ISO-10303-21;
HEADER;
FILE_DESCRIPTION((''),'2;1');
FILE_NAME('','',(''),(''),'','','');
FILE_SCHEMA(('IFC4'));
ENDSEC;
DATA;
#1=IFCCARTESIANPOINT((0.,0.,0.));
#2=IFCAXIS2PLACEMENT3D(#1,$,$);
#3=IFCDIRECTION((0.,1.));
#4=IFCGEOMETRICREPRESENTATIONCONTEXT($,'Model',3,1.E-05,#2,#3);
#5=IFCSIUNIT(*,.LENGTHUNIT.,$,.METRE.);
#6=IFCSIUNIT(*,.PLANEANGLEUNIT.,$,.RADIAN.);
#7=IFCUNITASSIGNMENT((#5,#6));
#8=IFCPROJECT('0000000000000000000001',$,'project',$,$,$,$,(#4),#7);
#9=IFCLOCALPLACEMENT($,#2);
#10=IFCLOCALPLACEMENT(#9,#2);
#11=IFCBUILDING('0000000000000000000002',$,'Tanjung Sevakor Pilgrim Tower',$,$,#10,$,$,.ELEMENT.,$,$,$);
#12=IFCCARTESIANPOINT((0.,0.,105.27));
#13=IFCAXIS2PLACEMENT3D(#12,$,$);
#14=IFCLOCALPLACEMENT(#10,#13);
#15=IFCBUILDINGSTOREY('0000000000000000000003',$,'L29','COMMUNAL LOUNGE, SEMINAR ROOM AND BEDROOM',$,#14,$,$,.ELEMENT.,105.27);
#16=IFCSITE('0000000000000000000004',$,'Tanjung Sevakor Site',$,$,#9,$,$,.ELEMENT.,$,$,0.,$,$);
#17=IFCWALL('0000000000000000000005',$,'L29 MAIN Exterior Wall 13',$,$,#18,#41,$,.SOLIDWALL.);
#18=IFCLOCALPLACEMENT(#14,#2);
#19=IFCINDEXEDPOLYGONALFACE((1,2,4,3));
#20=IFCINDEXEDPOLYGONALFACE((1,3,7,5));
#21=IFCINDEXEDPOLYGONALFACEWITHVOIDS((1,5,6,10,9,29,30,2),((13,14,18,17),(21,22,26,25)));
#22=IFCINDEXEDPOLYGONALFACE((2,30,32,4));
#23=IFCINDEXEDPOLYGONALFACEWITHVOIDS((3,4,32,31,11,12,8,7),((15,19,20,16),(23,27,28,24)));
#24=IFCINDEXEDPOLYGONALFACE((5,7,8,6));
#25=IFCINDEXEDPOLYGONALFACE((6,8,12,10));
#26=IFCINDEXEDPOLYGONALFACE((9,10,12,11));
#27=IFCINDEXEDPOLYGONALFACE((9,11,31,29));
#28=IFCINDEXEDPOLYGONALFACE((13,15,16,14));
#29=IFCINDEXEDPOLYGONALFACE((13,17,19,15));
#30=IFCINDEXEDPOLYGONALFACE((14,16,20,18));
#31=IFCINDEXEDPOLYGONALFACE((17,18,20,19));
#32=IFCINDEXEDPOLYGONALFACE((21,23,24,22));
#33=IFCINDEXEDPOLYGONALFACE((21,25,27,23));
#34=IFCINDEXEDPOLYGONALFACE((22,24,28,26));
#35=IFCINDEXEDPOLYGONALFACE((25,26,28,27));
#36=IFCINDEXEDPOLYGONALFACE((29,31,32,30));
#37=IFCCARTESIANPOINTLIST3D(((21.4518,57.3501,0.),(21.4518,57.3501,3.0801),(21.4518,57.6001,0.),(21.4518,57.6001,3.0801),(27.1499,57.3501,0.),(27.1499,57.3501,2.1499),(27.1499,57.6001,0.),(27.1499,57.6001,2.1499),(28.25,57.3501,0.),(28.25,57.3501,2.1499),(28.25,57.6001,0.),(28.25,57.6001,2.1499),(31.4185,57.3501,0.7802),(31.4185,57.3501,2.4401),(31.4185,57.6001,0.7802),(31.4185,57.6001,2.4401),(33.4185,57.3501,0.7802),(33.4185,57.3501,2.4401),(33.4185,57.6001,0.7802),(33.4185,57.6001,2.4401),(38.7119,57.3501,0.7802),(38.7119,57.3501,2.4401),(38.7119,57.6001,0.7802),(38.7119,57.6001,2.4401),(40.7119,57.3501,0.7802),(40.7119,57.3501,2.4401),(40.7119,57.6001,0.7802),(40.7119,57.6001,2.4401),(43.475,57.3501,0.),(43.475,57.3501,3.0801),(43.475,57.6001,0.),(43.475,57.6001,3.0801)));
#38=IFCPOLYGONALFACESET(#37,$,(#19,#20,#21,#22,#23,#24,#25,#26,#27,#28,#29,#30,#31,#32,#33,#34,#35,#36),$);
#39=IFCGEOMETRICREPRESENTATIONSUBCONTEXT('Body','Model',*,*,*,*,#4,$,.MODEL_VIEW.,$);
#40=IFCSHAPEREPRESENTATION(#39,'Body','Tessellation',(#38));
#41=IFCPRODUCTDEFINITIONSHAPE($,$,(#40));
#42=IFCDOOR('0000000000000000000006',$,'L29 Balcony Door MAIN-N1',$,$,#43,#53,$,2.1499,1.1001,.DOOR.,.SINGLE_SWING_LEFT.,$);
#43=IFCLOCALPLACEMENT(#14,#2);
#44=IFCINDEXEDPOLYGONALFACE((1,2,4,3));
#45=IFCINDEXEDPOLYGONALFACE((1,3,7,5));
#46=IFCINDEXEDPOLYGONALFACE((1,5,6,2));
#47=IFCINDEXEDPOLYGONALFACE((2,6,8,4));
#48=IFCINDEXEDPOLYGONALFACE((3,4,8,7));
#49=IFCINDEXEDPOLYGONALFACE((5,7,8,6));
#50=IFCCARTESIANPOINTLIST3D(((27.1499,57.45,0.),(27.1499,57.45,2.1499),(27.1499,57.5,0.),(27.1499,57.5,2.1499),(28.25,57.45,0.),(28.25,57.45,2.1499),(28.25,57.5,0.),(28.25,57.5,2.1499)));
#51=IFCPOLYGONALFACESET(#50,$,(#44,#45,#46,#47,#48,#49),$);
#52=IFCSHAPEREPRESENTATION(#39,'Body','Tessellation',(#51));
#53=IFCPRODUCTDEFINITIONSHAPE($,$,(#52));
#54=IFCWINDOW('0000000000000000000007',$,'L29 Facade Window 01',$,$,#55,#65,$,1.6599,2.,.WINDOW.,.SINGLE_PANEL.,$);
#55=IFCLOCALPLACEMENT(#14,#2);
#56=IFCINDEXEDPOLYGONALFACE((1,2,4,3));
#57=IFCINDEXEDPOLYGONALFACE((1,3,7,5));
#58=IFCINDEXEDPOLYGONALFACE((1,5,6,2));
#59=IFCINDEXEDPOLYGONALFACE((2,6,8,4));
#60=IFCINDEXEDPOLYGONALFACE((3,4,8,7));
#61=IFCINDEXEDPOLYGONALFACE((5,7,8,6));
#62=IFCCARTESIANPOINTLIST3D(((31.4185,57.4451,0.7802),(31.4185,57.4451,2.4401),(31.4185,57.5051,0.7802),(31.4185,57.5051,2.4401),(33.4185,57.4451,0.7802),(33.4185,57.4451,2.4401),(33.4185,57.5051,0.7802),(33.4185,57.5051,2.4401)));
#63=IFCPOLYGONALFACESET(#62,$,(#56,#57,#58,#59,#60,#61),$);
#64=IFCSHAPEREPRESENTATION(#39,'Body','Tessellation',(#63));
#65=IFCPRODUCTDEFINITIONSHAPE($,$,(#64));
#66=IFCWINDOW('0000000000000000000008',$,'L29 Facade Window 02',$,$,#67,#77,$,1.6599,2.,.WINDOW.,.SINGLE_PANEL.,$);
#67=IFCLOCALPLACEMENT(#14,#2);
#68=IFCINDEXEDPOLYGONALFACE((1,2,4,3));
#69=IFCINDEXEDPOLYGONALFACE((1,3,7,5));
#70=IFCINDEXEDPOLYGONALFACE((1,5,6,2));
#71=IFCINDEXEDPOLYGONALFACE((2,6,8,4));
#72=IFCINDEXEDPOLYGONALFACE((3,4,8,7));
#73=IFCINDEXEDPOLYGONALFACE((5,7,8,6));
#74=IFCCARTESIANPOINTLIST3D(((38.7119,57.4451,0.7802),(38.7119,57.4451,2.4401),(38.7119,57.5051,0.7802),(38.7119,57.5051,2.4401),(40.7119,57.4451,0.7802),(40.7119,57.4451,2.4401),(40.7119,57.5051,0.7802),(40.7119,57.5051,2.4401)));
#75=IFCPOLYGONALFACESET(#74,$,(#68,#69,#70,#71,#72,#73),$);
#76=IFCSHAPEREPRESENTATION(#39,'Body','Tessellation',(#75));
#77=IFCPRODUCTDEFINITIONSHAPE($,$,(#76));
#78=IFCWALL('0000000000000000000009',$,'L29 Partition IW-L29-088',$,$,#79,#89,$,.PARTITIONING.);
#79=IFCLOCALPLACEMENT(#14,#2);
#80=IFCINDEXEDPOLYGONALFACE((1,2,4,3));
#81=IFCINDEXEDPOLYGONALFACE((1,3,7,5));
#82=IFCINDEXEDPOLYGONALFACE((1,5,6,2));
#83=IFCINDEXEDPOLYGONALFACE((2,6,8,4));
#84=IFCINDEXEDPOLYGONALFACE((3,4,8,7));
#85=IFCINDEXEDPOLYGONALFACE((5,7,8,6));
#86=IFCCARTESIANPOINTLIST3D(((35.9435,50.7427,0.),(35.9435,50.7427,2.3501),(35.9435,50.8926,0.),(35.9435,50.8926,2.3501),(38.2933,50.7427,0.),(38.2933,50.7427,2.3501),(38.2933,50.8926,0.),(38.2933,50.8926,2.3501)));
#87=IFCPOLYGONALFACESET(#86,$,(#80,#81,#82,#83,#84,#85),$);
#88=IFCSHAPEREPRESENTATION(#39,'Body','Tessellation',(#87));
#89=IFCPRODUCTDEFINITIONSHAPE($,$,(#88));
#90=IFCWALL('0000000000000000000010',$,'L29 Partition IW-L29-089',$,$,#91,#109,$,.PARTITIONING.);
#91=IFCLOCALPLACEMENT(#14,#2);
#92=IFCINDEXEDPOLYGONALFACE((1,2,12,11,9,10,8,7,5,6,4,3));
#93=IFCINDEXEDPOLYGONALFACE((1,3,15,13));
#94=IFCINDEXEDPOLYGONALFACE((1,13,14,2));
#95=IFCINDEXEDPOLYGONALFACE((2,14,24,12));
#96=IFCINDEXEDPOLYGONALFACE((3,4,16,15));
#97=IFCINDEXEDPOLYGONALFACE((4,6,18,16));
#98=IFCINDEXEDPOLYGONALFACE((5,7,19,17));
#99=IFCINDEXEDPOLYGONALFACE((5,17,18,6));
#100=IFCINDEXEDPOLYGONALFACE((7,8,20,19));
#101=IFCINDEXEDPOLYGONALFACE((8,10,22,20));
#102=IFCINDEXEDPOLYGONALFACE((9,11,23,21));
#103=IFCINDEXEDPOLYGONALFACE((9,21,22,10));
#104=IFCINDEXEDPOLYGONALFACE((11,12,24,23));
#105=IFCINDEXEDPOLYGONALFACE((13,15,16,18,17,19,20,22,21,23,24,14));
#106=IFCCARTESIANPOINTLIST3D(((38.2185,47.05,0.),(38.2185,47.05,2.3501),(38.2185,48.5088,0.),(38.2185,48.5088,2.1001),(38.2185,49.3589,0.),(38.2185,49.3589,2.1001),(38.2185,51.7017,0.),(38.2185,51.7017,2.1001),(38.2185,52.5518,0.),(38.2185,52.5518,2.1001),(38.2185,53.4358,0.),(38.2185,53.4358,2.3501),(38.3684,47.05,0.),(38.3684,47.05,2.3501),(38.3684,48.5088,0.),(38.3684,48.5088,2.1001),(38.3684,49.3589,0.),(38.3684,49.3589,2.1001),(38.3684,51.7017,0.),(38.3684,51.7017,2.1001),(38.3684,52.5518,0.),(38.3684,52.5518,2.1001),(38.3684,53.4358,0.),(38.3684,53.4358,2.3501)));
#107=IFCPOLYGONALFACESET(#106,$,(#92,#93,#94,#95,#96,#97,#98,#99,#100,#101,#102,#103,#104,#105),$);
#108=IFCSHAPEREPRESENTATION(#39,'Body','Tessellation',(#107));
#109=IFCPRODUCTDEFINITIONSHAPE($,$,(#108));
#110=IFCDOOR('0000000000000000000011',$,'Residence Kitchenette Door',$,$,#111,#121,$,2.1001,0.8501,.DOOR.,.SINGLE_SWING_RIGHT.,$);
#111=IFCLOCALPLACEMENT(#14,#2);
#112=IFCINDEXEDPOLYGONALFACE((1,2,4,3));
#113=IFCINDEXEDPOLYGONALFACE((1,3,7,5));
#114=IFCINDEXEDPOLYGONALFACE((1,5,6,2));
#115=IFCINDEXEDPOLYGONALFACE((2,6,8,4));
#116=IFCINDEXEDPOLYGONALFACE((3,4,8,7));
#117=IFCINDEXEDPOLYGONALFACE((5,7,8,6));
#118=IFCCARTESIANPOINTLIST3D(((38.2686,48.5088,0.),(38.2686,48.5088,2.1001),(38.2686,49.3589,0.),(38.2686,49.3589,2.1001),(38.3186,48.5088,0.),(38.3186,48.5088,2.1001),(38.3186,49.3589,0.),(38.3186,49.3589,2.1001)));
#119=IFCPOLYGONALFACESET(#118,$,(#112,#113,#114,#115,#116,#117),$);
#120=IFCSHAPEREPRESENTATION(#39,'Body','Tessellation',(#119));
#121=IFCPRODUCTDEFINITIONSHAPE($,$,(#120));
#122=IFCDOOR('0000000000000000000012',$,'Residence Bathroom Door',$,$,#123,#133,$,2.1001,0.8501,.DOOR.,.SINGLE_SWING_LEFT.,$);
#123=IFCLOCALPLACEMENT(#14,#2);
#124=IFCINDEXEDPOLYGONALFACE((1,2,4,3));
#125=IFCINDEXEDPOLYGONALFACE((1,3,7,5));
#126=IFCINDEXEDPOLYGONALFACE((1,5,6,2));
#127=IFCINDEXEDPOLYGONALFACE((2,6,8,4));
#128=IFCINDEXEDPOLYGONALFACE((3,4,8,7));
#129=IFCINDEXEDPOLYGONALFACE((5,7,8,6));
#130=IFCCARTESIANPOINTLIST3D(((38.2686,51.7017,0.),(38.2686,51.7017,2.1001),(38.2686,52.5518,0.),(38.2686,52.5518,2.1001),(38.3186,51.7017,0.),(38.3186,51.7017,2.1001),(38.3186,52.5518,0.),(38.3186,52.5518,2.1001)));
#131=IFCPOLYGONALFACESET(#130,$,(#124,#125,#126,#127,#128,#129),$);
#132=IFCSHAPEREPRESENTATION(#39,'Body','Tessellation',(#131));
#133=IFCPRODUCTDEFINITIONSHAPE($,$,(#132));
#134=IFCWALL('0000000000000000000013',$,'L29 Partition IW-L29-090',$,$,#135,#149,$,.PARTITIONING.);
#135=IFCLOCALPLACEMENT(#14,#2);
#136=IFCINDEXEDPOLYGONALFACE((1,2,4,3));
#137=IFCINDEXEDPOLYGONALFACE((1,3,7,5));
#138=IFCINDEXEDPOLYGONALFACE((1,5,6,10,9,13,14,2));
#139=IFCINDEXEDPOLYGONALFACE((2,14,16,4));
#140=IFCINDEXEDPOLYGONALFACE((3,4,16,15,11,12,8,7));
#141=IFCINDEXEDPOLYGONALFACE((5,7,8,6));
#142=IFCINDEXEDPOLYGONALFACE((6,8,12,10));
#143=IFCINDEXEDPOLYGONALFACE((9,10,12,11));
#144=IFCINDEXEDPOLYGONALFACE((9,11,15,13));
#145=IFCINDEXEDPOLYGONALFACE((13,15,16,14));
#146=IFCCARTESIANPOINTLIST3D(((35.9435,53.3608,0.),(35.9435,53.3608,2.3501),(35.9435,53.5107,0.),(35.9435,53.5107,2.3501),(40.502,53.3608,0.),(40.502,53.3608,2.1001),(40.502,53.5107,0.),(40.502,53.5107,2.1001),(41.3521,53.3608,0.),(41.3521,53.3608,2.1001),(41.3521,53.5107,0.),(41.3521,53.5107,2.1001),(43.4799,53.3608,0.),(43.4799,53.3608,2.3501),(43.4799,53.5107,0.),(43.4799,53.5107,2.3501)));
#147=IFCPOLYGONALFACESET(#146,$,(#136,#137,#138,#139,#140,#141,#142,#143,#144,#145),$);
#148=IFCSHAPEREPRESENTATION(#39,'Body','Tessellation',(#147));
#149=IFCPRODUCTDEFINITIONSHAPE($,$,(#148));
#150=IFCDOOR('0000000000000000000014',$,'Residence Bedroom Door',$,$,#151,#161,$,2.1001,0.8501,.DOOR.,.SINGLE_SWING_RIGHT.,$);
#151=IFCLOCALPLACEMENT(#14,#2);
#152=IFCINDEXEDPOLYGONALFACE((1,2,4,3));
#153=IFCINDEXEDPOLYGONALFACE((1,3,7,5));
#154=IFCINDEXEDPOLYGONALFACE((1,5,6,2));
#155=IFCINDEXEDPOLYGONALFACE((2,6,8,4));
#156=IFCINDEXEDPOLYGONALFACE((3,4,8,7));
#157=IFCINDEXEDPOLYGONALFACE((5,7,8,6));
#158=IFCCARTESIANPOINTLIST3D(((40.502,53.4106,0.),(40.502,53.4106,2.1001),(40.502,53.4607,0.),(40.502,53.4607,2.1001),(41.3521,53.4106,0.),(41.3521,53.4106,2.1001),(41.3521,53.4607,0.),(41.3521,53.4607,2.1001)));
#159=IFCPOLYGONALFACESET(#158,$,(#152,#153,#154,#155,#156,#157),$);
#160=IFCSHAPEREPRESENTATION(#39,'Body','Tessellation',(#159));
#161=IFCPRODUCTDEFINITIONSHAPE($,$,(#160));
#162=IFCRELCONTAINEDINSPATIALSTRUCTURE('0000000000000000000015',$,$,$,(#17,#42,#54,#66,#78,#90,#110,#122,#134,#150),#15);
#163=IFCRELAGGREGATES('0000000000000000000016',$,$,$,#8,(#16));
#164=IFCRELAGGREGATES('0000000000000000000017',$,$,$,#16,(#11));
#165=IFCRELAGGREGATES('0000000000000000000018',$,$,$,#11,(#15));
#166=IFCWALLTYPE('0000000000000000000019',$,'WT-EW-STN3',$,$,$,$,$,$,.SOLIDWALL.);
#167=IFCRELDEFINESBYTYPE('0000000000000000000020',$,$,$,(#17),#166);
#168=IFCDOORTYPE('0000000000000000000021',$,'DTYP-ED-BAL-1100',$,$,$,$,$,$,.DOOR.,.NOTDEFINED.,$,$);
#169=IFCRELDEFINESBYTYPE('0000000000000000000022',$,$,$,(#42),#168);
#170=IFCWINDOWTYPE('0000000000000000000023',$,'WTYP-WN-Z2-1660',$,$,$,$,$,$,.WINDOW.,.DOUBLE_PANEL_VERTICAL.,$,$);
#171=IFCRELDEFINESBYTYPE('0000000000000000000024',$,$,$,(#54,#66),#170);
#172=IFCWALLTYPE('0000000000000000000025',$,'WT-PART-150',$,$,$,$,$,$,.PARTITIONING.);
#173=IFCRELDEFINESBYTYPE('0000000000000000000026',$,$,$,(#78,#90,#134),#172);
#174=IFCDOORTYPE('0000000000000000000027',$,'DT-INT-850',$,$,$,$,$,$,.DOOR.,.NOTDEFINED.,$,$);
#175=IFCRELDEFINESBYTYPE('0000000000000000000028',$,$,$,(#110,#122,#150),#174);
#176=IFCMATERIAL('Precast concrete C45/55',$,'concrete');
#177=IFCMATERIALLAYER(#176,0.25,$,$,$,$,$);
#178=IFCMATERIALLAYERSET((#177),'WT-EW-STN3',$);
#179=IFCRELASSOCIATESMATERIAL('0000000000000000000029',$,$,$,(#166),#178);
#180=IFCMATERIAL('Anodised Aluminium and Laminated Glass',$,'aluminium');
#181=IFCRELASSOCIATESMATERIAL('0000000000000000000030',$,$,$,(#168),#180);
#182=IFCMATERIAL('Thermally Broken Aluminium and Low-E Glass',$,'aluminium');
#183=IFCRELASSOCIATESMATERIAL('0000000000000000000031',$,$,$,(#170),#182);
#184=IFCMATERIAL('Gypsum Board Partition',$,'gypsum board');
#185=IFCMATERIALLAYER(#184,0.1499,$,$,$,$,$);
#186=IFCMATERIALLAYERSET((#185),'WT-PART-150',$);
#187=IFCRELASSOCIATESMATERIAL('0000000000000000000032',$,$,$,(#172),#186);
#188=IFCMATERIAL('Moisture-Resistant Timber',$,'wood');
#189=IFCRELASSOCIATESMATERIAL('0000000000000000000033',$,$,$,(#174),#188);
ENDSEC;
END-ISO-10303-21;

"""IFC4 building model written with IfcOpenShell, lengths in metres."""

from ifc_helpers import new_model, si_unit, direction, frame, frame_2d, origin, place, context, subcontext, project, spatial, rectangle, extrude, material, layer, layer_set, type_object, element, fill, save


model = new_model("IFC4")

# Units and contexts
model_context = context("Model", 3, precision=1e-05, world=origin(), true_north=direction((0.0, 1.0)))
body_context = subcontext(model_context, "Body", "Model", "MODEL_VIEW")
ifc_project = project(units=[si_unit("LENGTHUNIT", "METRE"), si_unit("PLANEANGLEUNIT", "RADIAN")], contexts=[model_context])

# Site, building, storey
site_placement = place(None, origin())
site = spatial("IfcSite", under=ifc_project, at=site_placement, Name="Tanjung Sevakor Site", CompositionType="ELEMENT", RefElevation=0.0)
building_placement = place(site_placement, origin())
building = spatial("IfcBuilding", under=site, at=building_placement, Name="Tanjung Sevakor Pilgrim Tower", CompositionType="ELEMENT")
storey_placement = place(building_placement, frame((0.0, 0.0, 105.27)))
storey = spatial("IfcBuildingStorey", under=building, at=storey_placement, Name="L29", Description="COMMUNAL LOUNGE, SEMINAR ROOM AND BEDROOM", CompositionType="ELEMENT", Elevation=105.27)

# Shared definitions
ifc_material_1 = material(Name="Precast concrete C45/55", Category="concrete")
ifc_layer_1 = layer(ifc_material_1, 0.25)
ifc_layer_set_1 = layer_set([ifc_layer_1], Name="WT-EW-STN3")
wall_type_1 = type_object("IfcWallType", Name="WT-EW-STN3", PredefinedType="SOLIDWALL", material=ifc_layer_set_1)

# Wall, openings, door, windows
wall_1_placement = place(storey_placement, frame((43.4751, 57.4751, 0.0), z_axis=(0.0, 0.0, 1.0), x_axis=(-1.0, 0.0, 0.0)))
wall_1 = element("IfcWall", 1, at=wall_1_placement, inside=storey, type_object=wall_type_1, Name="L29 MAIN Exterior Wall 13", PredefinedType="SOLIDWALL", context=body_context, shape_type="SweptSolid", body=[
    extrude(rectangle(XDim=22.0232, YDim=0.25, at=frame_2d((11.0117, 0.0))), origin(), (0.0, 0.0, 1.0), 3.0801),
])
opening_1_placement = place(wall_1_placement, frame((15.2251, 0.0, 0.0)))
opening_1 = element("IfcOpeningElement", 2, at=opening_1_placement, cuts=wall_1, PredefinedType="OPENING", context=body_context, shape_type="SweptSolid", body=[
    extrude(rectangle(XDim=1.1001, YDim=2.1499, at=frame_2d((0.55, 1.075))), frame((0.0, 0.135, 0.0), z_axis=(0.0, -1.0, 0.0), x_axis=(1.0, 0.0, 0.0)), (0.0, 0.0, 1.0), 0.27),
])
opening_2_placement = place(wall_1_placement, frame((10.0566, 0.0, 0.78)))
opening_2 = element("IfcOpeningElement", 3, at=opening_2_placement, cuts=wall_1, PredefinedType="OPENING", context=body_context, shape_type="SweptSolid", body=[
    extrude(rectangle(XDim=2.0, YDim=1.6599, at=frame_2d((1.0, 0.8301))), frame((0.0, 0.135, 0.0), z_axis=(0.0, -1.0, 0.0), x_axis=(1.0, 0.0, 0.0)), (0.0, 0.0, 1.0), 0.27),
])
opening_3_placement = place(wall_1_placement, frame((2.7632, 0.0, 0.78)))
opening_3 = element("IfcOpeningElement", 4, at=opening_3_placement, cuts=wall_1, PredefinedType="OPENING", context=body_context, shape_type="SweptSolid", body=[
    extrude(rectangle(XDim=2.0, YDim=1.6599, at=frame_2d((1.0, 0.8301))), frame((0.0, 0.135, 0.0), z_axis=(0.0, -1.0, 0.0), x_axis=(1.0, 0.0, 0.0)), (0.0, 0.0, 1.0), 0.27),
])
ifc_material_2 = material(Name="Anodised Aluminium and Laminated Glass", Category="aluminium")
door_type_1 = type_object("IfcDoorType", Name="DTYP-ED-BAL-1100", OperationType="NOTDEFINED", PredefinedType="DOOR", material=ifc_material_2)
door_1_placement = place(opening_1_placement, frame((1.1001, 0.0, 0.0), z_axis=(0.0, 0.0, 1.0), x_axis=(-1.0, 0.0, 0.0)))
door_1 = element("IfcDoor", 5, at=door_1_placement, inside=storey, type_object=door_type_1, Name="L29 Balcony Door MAIN-N1", OperationType="SINGLE_SWING_LEFT", OverallHeight=2.1499, OverallWidth=1.1001, PredefinedType="DOOR", context=body_context, shape_type="SweptSolid", body=[
    extrude(rectangle(XDim=1.1001, YDim=2.1499, at=frame_2d((0.55, 1.075))), frame((0.0, 0.0249, 0.0), z_axis=(0.0, -1.0, 0.0), x_axis=(1.0, 0.0, 0.0)), (0.0, 0.0, 1.0), 0.05),
])
fill(opening_1, door_1)
ifc_material_3 = material(Name="Thermally Broken Aluminium and Low-E Glass", Category="aluminium")
window_type = type_object("IfcWindowType", Name="WTYP-WN-Z2-1660", PartitioningType="DOUBLE_PANEL_VERTICAL", PredefinedType="WINDOW", material=ifc_material_3)
window_1_placement = place(opening_2_placement, origin())
window_1 = element("IfcWindow", 6, at=window_1_placement, inside=storey, type_object=window_type, Name="L29 Facade Window 01", OverallHeight=1.6599, OverallWidth=2.0, PartitioningType="SINGLE_PANEL", PredefinedType="WINDOW", context=body_context, shape_type="SweptSolid", body=[
    extrude(rectangle(XDim=2.0, YDim=1.6599, at=frame_2d((1.0, 0.8301))), frame((0.0, 0.03, 0.0), z_axis=(0.0, -1.0, 0.0), x_axis=(1.0, 0.0, 0.0)), (0.0, 0.0, 1.0), 0.0601),
])
fill(opening_2, window_1)
window_2_placement = place(opening_3_placement, origin())
window_2 = element("IfcWindow", 7, at=window_2_placement, inside=storey, type_object=window_type, Name="L29 Facade Window 02", OverallHeight=1.6599, OverallWidth=2.0, PartitioningType="SINGLE_PANEL", PredefinedType="WINDOW", context=body_context, shape_type="SweptSolid", body=[
    extrude(rectangle(XDim=2.0, YDim=1.6599, at=frame_2d((1.0, 0.8301))), frame((0.0, 0.03, 0.0), z_axis=(0.0, -1.0, 0.0), x_axis=(1.0, 0.0, 0.0)), (0.0, 0.0, 1.0), 0.0601),
])
fill(opening_3, window_2)

# Wall
ifc_material_4 = material(Name="Gypsum Board Partition", Category="gypsum board")
ifc_layer_2 = layer(ifc_material_4, 0.1499)
ifc_layer_set_2 = layer_set([ifc_layer_2], Name="WT-PART-150")
wall_type_2 = type_object("IfcWallType", Name="WT-PART-150", PredefinedType="PARTITIONING", material=ifc_layer_set_2)
wall_2_placement = place(storey_placement, frame((35.9436, 50.8176, 0.0), z_axis=(0.0, 0.0, 1.0), x_axis=(1.0, 0.0, 0.0)))
element("IfcWall", 8, at=wall_2_placement, inside=storey, type_object=wall_type_2, Name="L29 Partition IW-L29-088", PredefinedType="PARTITIONING", context=body_context, shape_type="SweptSolid", body=[
    extrude(rectangle(XDim=2.3499, YDim=0.1499, at=frame_2d((1.1748, 0.0))), origin(), (0.0, 0.0, 1.0), 2.3501),
])

# Wall, openings, doors
wall_3_placement = place(storey_placement, frame((38.2935, 47.05, 0.0), z_axis=(0.0, 0.0, 1.0), x_axis=(0.0, 1.0, 0.0)))
wall_3 = element("IfcWall", 9, at=wall_3_placement, inside=storey, type_object=wall_type_2, Name="L29 Partition IW-L29-089", PredefinedType="PARTITIONING", context=body_context, shape_type="SweptSolid", body=[
    extrude(rectangle(XDim=6.3857, YDim=0.1499, at=frame_2d((3.1929, 0.0))), origin(), (0.0, 0.0, 1.0), 2.3501),
])
opening_4_placement = place(wall_3_placement, frame((1.4587, 0.0, 0.0)))
opening_4 = element("IfcOpeningElement", 10, at=opening_4_placement, cuts=wall_3, PredefinedType="OPENING", context=body_context, shape_type="SweptSolid", body=[
    extrude(rectangle(XDim=0.8501, YDim=2.1001, at=frame_2d((0.425, 1.05))), frame((0.0, 0.085, 0.0), z_axis=(0.0, -1.0, 0.0), x_axis=(1.0, 0.0, 0.0)), (0.0, 0.0, 1.0), 0.1699),
])
opening_5_placement = place(wall_3_placement, frame((4.6516, 0.0, 0.0)))
opening_5 = element("IfcOpeningElement", 11, at=opening_5_placement, cuts=wall_3, PredefinedType="OPENING", context=body_context, shape_type="SweptSolid", body=[
    extrude(rectangle(XDim=0.8501, YDim=2.1001, at=frame_2d((0.425, 1.05))), frame((0.0, 0.085, 0.0), z_axis=(0.0, -1.0, 0.0), x_axis=(1.0, 0.0, 0.0)), (0.0, 0.0, 1.0), 0.1699),
])
ifc_material_5 = material(Name="Moisture-Resistant Timber", Category="wood")
door_type_2 = type_object("IfcDoorType", Name="DT-INT-850", OperationType="NOTDEFINED", PredefinedType="DOOR", material=ifc_material_5)
door_2_placement = place(opening_4_placement, origin())
door_2 = element("IfcDoor", 12, at=door_2_placement, inside=storey, type_object=door_type_2, Name="Residence Kitchenette Door", OperationType="SINGLE_SWING_RIGHT", OverallHeight=2.1001, OverallWidth=0.8501, PredefinedType="DOOR", context=body_context, shape_type="SweptSolid", body=[
    extrude(rectangle(XDim=0.8501, YDim=2.1001, at=frame_2d((0.425, 1.05))), frame((0.0, 0.0249, 0.0), z_axis=(0.0, -1.0, 0.0), x_axis=(1.0, 0.0, 0.0)), (0.0, 0.0, 1.0), 0.05),
])
fill(opening_4, door_2)
door_3_placement = place(opening_5_placement, origin())
door_3 = element("IfcDoor", 13, at=door_3_placement, inside=storey, type_object=door_type_2, Name="Residence Bathroom Door", OperationType="SINGLE_SWING_LEFT", OverallHeight=2.1001, OverallWidth=0.8501, PredefinedType="DOOR", context=body_context, shape_type="SweptSolid", body=[
    extrude(rectangle(XDim=0.8501, YDim=2.1001, at=frame_2d((0.425, 1.05))), frame((0.0, 0.0249, 0.0), z_axis=(0.0, -1.0, 0.0), x_axis=(1.0, 0.0, 0.0)), (0.0, 0.0, 1.0), 0.05),
])
fill(opening_5, door_3)

# Wall, opening, door
wall_4_placement = place(storey_placement, frame((35.9436, 53.4358, 0.0), z_axis=(0.0, 0.0, 1.0), x_axis=(1.0, 0.0, 0.0)))
wall_4 = element("IfcWall", 14, at=wall_4_placement, inside=storey, type_object=wall_type_2, Name="L29 Partition IW-L29-090", PredefinedType="PARTITIONING", context=body_context, shape_type="SweptSolid", body=[
    extrude(rectangle(XDim=7.5364, YDim=0.1499, at=frame_2d((3.7681, 0.0))), origin(), (0.0, 0.0, 1.0), 2.3501),
])
opening_6_placement = place(wall_4_placement, frame((4.5583, 0.0, 0.0)))
opening_6 = element("IfcOpeningElement", 15, at=opening_6_placement, cuts=wall_4, PredefinedType="OPENING", context=body_context, shape_type="SweptSolid", body=[
    extrude(rectangle(XDim=0.8501, YDim=2.1001, at=frame_2d((0.425, 1.05))), frame((0.0, 0.085, 0.0), z_axis=(0.0, -1.0, 0.0), x_axis=(1.0, 0.0, 0.0)), (0.0, 0.0, 1.0), 0.1699),
])
door_4_placement = place(opening_6_placement, origin())
door_4 = element("IfcDoor", 16, at=door_4_placement, inside=storey, type_object=door_type_2, Name="Residence Bedroom Door", OperationType="SINGLE_SWING_RIGHT", OverallHeight=2.1001, OverallWidth=0.8501, PredefinedType="DOOR", context=body_context, shape_type="SweptSolid", body=[
    extrude(rectangle(XDim=0.8501, YDim=2.1001, at=frame_2d((0.425, 1.05))), frame((0.0, 0.0249, 0.0), z_axis=(0.0, -1.0, 0.0), x_axis=(1.0, 0.0, 0.0)), (0.0, 0.0, 1.0), 0.05),
])
fill(opening_6, door_4)

save(model, "model.ifc")
